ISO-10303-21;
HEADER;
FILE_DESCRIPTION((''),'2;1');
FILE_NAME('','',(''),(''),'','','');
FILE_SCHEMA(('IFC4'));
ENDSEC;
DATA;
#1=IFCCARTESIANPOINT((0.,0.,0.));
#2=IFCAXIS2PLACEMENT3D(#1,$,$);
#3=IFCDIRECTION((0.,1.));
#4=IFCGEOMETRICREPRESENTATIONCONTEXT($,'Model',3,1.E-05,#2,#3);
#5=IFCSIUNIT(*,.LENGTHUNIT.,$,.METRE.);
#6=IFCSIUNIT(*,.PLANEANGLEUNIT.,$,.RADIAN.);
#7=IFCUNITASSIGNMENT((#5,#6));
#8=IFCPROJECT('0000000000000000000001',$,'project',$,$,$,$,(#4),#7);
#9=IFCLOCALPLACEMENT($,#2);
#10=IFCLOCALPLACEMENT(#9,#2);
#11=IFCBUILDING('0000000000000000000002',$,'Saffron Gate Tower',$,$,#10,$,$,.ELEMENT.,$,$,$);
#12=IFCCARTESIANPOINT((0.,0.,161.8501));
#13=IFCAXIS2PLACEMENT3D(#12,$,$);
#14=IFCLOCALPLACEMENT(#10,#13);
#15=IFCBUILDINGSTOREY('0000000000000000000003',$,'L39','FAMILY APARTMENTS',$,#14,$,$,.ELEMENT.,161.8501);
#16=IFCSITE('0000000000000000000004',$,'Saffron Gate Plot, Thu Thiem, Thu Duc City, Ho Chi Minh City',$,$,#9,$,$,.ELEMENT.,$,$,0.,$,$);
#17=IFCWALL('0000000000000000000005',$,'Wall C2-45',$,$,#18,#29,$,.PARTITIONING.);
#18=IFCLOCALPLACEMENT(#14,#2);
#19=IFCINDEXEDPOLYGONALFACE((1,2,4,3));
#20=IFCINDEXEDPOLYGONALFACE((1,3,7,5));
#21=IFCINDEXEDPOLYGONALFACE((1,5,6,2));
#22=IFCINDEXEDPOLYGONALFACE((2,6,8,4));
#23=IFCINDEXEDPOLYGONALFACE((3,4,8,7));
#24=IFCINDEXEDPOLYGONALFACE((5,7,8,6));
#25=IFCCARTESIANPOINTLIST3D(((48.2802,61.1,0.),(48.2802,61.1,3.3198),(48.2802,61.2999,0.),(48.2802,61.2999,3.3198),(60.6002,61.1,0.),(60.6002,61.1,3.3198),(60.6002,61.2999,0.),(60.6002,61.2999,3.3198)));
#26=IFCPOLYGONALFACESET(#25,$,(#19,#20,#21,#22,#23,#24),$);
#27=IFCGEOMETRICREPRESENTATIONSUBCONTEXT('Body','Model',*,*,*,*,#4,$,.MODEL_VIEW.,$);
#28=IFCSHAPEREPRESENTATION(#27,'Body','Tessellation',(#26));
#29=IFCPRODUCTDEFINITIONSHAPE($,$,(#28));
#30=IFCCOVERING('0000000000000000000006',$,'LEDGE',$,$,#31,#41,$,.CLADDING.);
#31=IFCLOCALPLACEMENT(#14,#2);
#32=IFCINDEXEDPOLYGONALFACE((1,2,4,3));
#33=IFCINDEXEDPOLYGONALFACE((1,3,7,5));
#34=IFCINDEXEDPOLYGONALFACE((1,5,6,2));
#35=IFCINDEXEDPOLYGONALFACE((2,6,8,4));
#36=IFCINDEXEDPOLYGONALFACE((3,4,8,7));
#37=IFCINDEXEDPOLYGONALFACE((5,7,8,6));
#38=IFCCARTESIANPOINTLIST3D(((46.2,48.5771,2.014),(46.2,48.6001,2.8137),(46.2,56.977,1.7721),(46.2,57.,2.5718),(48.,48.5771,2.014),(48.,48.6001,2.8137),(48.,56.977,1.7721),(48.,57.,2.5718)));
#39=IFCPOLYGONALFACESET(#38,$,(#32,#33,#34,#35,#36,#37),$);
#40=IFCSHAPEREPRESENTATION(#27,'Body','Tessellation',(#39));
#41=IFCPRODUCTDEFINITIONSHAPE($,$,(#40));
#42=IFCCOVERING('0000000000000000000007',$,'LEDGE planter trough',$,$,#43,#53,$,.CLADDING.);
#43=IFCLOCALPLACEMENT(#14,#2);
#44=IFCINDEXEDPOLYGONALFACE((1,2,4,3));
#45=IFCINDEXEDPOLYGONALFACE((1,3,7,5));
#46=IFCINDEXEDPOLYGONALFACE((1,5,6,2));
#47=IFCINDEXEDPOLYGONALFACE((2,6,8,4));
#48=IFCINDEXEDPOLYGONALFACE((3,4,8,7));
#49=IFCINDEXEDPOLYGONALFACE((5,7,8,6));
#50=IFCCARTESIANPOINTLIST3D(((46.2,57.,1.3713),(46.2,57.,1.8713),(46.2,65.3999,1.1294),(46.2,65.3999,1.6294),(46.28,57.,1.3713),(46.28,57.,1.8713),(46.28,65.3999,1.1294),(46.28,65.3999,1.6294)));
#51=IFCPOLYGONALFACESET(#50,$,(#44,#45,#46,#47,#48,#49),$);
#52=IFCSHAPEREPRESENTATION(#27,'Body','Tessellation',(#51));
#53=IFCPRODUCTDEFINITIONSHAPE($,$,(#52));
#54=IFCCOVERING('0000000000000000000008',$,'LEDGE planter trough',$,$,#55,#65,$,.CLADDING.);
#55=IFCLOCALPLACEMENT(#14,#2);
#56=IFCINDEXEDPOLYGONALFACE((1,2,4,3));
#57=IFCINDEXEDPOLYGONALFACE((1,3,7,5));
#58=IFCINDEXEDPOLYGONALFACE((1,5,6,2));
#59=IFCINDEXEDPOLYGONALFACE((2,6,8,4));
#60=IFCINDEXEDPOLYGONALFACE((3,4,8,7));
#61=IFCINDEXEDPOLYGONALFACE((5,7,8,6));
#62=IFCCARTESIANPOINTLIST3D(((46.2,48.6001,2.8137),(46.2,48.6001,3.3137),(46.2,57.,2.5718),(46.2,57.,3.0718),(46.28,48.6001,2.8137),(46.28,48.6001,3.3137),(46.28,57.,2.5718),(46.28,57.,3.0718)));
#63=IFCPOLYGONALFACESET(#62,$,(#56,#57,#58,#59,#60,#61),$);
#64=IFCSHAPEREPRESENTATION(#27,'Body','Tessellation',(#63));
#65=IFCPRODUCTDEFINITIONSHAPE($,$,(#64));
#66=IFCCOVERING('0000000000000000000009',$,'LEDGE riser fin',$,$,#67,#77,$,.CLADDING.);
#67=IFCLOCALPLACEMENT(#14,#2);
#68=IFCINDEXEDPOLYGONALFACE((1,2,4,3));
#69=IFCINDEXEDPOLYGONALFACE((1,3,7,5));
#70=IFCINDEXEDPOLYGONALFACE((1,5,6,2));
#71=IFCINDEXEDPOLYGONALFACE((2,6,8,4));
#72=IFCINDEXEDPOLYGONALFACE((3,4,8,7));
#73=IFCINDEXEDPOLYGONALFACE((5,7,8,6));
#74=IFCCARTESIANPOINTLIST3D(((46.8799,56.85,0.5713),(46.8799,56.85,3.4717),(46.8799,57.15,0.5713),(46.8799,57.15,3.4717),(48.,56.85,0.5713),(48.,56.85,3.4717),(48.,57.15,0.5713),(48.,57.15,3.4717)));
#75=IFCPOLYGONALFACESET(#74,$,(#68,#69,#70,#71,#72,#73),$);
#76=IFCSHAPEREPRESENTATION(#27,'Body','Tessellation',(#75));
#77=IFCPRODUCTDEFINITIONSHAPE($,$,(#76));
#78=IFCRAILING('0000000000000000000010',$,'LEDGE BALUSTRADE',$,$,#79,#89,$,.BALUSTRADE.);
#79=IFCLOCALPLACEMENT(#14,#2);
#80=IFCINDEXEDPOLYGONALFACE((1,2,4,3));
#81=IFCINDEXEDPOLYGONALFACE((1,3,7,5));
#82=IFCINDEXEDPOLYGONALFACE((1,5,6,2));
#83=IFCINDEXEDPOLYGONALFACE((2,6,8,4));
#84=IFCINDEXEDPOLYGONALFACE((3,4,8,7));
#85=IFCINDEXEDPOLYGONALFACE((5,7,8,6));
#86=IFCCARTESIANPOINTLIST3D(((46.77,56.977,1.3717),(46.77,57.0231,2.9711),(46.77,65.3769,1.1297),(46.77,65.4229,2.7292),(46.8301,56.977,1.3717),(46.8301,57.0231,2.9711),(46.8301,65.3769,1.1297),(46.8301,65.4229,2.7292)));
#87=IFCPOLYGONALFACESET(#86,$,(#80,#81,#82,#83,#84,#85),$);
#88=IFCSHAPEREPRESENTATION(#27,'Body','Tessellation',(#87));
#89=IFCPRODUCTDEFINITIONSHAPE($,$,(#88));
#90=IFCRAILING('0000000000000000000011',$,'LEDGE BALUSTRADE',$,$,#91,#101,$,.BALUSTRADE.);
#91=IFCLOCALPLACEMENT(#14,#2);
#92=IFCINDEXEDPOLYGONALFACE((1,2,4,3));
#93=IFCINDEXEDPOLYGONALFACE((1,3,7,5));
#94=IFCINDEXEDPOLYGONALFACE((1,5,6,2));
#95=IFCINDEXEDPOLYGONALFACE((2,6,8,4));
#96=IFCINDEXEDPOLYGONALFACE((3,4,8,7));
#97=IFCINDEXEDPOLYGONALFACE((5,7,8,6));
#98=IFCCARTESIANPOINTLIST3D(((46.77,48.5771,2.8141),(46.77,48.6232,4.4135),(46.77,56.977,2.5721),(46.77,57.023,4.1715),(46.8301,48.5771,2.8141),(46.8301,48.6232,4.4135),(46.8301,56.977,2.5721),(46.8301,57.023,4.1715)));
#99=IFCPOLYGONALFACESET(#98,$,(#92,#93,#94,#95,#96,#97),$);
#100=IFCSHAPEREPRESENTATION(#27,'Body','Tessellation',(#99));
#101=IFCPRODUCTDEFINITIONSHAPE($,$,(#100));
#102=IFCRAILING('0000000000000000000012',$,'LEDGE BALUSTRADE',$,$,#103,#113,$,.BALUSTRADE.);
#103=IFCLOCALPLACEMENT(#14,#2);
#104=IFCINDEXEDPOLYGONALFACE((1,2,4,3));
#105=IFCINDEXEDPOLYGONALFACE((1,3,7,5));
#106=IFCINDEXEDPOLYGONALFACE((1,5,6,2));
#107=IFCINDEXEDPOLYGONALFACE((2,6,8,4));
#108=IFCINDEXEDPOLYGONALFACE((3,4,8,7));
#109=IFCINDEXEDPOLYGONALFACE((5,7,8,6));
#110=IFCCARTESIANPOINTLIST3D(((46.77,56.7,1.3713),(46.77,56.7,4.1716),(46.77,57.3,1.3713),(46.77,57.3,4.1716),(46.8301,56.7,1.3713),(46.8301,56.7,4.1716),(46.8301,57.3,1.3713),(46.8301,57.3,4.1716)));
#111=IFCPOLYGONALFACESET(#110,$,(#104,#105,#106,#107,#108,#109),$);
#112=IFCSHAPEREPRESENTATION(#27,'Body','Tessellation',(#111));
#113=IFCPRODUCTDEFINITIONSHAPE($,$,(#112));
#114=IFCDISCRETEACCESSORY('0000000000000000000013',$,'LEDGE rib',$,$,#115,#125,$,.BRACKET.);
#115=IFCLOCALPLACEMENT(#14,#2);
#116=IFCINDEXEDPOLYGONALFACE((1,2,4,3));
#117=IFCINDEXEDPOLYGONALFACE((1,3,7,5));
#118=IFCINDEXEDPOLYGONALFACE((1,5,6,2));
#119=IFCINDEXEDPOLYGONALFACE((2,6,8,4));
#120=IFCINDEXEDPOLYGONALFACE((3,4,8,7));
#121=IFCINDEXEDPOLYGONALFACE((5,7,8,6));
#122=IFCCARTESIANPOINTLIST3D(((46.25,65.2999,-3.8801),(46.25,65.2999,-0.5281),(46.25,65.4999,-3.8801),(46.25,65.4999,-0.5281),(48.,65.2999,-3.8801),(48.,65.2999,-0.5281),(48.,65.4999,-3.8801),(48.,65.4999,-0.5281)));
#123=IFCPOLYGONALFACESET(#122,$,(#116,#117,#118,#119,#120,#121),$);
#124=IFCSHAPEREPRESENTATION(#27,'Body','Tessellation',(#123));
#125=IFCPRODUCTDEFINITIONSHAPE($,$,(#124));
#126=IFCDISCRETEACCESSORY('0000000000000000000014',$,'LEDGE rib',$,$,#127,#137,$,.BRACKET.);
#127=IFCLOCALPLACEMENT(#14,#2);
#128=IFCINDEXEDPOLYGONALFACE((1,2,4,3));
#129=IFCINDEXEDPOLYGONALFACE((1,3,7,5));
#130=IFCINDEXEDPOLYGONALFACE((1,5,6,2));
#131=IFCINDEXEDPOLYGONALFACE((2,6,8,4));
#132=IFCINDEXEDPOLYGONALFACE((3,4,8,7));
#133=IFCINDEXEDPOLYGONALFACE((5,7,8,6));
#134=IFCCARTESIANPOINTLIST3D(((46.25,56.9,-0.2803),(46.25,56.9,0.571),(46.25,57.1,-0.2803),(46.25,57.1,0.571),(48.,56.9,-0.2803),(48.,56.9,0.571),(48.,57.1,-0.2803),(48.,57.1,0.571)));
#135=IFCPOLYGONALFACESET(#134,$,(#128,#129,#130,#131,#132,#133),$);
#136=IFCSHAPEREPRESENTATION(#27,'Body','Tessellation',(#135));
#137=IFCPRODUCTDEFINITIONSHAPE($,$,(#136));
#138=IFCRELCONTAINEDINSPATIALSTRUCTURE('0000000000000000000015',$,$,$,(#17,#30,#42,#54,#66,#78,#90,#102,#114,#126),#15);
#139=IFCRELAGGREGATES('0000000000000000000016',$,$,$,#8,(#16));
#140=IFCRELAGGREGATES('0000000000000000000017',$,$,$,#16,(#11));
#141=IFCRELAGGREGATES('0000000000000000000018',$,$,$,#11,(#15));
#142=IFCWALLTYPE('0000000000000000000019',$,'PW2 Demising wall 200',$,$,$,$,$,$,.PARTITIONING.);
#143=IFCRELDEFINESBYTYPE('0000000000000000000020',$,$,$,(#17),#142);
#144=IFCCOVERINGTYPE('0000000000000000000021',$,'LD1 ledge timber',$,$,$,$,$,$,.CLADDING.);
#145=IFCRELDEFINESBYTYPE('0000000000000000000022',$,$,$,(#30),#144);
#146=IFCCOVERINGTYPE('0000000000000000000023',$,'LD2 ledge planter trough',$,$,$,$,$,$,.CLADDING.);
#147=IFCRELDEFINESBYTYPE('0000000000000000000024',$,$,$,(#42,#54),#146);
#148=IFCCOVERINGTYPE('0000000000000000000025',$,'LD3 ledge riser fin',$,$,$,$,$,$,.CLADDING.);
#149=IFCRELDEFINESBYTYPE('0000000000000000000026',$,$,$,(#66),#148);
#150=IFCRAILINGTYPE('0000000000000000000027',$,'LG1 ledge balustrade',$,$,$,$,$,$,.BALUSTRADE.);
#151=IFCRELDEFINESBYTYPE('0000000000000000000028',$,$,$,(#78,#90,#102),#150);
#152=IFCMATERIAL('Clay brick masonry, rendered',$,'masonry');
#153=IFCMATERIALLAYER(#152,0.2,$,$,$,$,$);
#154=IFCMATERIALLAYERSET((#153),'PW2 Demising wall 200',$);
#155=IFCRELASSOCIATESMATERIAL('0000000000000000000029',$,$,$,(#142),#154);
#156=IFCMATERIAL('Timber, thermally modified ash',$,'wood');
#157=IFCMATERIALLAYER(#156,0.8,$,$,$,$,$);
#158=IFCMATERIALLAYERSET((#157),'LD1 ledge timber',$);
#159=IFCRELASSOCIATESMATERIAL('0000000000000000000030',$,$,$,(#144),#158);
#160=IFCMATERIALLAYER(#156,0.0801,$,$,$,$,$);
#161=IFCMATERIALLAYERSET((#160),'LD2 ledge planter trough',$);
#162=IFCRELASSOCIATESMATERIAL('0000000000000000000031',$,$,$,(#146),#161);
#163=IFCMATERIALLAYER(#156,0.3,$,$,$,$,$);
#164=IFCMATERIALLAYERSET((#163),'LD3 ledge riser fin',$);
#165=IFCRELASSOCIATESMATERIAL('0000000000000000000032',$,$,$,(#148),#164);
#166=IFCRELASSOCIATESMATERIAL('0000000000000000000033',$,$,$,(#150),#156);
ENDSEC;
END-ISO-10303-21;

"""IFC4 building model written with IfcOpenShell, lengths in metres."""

from ifc_helpers import new_model, si_unit, direction, frame, frame_2d, origin, origin_2d, place, context, subcontext, project, spatial, polyline, rectangle, outline, extrude, material, layer, layer_set, type_object, element, save


model = new_model("IFC4")

# Units and contexts
model_context = context("Model", 3, precision=1e-05, world=origin(), true_north=direction((0.0, 1.0)))
body_context = subcontext(model_context, "Body", "Model", "MODEL_VIEW")
ifc_project = project(units=[si_unit("LENGTHUNIT", "METRE"), si_unit("PLANEANGLEUNIT", "RADIAN")], contexts=[model_context])

# Site, building, storey
site_placement = place(None, origin())
site = spatial("IfcSite", under=ifc_project, at=site_placement, Name="Saffron Gate Plot, Thu Thiem, Thu Duc City, Ho Chi Minh City", CompositionType="ELEMENT", RefElevation=0.0)
building_placement = place(site_placement, origin())
building = spatial("IfcBuilding", under=site, at=building_placement, Name="Saffron Gate Tower", CompositionType="ELEMENT")
storey_placement = place(building_placement, frame((0.0, 0.0, 161.8501)))
storey = spatial("IfcBuildingStorey", under=building, at=storey_placement, Name="L39", Description="FAMILY APARTMENTS", CompositionType="ELEMENT", Elevation=161.8501)

# Wall
ifc_material_1 = material(Name="Clay brick masonry, rendered", Category="masonry")
ifc_layer_1 = layer(ifc_material_1, 0.2)
ifc_layer_set_1 = layer_set([ifc_layer_1], Name="PW2 Demising wall 200")
wall_type_1 = type_object("IfcWallType", Name="PW2 Demising wall 200", PredefinedType="PARTITIONING", material=ifc_layer_set_1)
wall_1_placement = place(storey_placement, frame((48.28, 61.2, 0.0), z_axis=(0.0, 0.0, 1.0), x_axis=(1.0, 0.0, 0.0)))
element("IfcWall", 1, at=wall_1_placement, inside=storey, type_object=wall_type_1, Name="Wall C2-45", PredefinedType="PARTITIONING", context=body_context, shape_type="SweptSolid", body=[
    extrude(rectangle(XDim=12.3201, YDim=0.2, at=frame_2d((6.1602, 0.0))), origin(), (0.0, 0.0, 1.0), 3.3198),
])

# Coverings
ifc_material_2 = material(Name="Timber, thermally modified ash", Category="wood")
ifc_layer_2 = layer(ifc_material_2, 0.8)
ifc_layer_set_2 = layer_set([ifc_layer_2], Name="LD1 ledge timber")
covering_type_1 = type_object("IfcCoveringType", Name="LD1 ledge timber", PredefinedType="CLADDING", material=ifc_layer_set_2)
covering_1_placement = place(storey_placement, frame((48.0, 57.0, 2.5718), z_axis=(0.0, 0.028791, 0.999585), x_axis=(0.0, -0.999585, 0.028791)))
element("IfcCovering", 2, at=covering_1_placement, inside=storey, type_object=covering_type_1, Name="LEDGE", PredefinedType="CLADDING", context=body_context, shape_type="SweptSolid", body=[
    extrude(outline(polyline([(0.0, 0.0), (8.4034, 0.0), (8.4034, -1.8), (0.0, -1.8), (0.0, 0.0)])), origin(), (0.0, 0.0, -1.0), 0.8),
])
ifc_layer_3 = layer(ifc_material_2, 0.0801)
ifc_layer_set_3 = layer_set([ifc_layer_3], Name="LD2 ledge planter trough")
covering_type_2 = type_object("IfcCoveringType", Name="LD2 ledge planter trough", PredefinedType="CLADDING", material=ifc_layer_set_3)
for number, where, z_axis, x_axis, name in (
    (3, (46.2, 65.3999, 1.1294), (-1.0, 0.0, 0.0), (0.0, -0.999585, 0.028791), "LEDGE planter trough"),
    (4, (46.2, 57.0, 2.5718), (-1.0, 0.0, 0.0), (0.0, -0.999585, 0.028791), "LEDGE planter trough"),
):
    element("IfcCovering", number, at=place(storey_placement, frame(where, z_axis=z_axis, x_axis=x_axis)), inside=storey, type_object=covering_type_2, Name=name, PredefinedType="CLADDING", context=body_context, shape_type="SweptSolid", body=[
        extrude(outline(polyline([(0.0, 0.0), (8.4034, 0.0), (8.4178, 0.4998), (0.0144, 0.4998), (0.0, 0.0)])), origin(), (0.0, 0.0, -1.0), 0.0801),
    ])
ifc_layer_4 = layer(ifc_material_2, 0.3)
ifc_layer_set_4 = layer_set([ifc_layer_4], Name="LD3 ledge riser fin")
covering_type_3 = type_object("IfcCoveringType", Name="LD3 ledge riser fin", PredefinedType="CLADDING", material=ifc_layer_set_4)
covering_2_placement = place(storey_placement, frame((47.4399, 57.0, 0.5713), z_axis=(0.0, 0.0, 1.0), x_axis=(0.0, -1.0, 0.0)))
element("IfcCovering", 5, at=covering_2_placement, inside=storey, type_object=covering_type_3, Name="LEDGE riser fin", PredefinedType="CLADDING", context=body_context, shape_type="SweptSolid", body=[
    extrude(rectangle(XDim=0.3, YDim=1.1201, at=origin_2d()), origin(), (0.0, 0.0, 1.0), 2.9004),
])

# Railings
railing_type = type_object("IfcRailingType", Name="LG1 ledge balustrade", PredefinedType="BALUSTRADE", material=ifc_material_2)
for number, where, name in (
    (6, (46.8, 65.3999, 1.1294), "LEDGE BALUSTRADE"),
    (7, (46.8, 57.0, 2.5718), "LEDGE BALUSTRADE"),
):
    element("IfcRailing", number, at=place(storey_placement, frame(where)), inside=storey, type_object=railing_type, Name=name, PredefinedType="BALUSTRADE", context=body_context, shape_type="SweptSolid", body=[
        extrude(rectangle(XDim=0.0601, YDim=1.6001, at=origin_2d()), frame((0.0, 0.0, 0.8), z_axis=(0.0, -0.999585, 0.028791), x_axis=(1.0, 0.0, 0.0)), (0.0, 0.0, 1.0), 8.4033),
    ])
railing_placement = place(storey_placement, frame((46.8, 57.3, 1.3713)))
element("IfcRailing", 8, at=railing_placement, inside=storey, type_object=railing_type, Name="LEDGE BALUSTRADE", PredefinedType="BALUSTRADE", context=body_context, shape_type="SweptSolid", body=[
    extrude(rectangle(XDim=0.0601, YDim=2.8003, at=origin_2d()), frame((0.0, 0.0, 1.4001), z_axis=(0.0, -1.0, 0.0), x_axis=(1.0, 0.0, 0.0)), (0.0, 0.0, 1.0), 0.6001),
])

# Discrete accessories
discrete_accessory_1_placement = place(storey_placement, frame((47.125, 65.3999, -3.8801), z_axis=(0.0, 0.0, 1.0), x_axis=(0.0, -1.0, 0.0)))
element("IfcDiscreteAccessory", 9, at=discrete_accessory_1_placement, inside=storey, Name="LEDGE rib", PredefinedType="BRACKET", context=body_context, shape_type="SweptSolid", body=[
    extrude(rectangle(XDim=0.2, YDim=1.75, at=origin_2d()), origin(), (0.0, 0.0, 1.0), 3.3521),
])
discrete_accessory_2_placement = place(storey_placement, frame((47.125, 57.0, -0.2803), z_axis=(0.0, 0.0, 1.0), x_axis=(0.0, -1.0, 0.0)))
element("IfcDiscreteAccessory", 10, at=discrete_accessory_2_placement, inside=storey, Name="LEDGE rib", PredefinedType="BRACKET", context=body_context, shape_type="SweptSolid", body=[
    extrude(rectangle(XDim=0.2, YDim=1.75, at=origin_2d()), origin(), (0.0, 0.0, 1.0), 0.8513),
])

save(model, "model.ifc")
